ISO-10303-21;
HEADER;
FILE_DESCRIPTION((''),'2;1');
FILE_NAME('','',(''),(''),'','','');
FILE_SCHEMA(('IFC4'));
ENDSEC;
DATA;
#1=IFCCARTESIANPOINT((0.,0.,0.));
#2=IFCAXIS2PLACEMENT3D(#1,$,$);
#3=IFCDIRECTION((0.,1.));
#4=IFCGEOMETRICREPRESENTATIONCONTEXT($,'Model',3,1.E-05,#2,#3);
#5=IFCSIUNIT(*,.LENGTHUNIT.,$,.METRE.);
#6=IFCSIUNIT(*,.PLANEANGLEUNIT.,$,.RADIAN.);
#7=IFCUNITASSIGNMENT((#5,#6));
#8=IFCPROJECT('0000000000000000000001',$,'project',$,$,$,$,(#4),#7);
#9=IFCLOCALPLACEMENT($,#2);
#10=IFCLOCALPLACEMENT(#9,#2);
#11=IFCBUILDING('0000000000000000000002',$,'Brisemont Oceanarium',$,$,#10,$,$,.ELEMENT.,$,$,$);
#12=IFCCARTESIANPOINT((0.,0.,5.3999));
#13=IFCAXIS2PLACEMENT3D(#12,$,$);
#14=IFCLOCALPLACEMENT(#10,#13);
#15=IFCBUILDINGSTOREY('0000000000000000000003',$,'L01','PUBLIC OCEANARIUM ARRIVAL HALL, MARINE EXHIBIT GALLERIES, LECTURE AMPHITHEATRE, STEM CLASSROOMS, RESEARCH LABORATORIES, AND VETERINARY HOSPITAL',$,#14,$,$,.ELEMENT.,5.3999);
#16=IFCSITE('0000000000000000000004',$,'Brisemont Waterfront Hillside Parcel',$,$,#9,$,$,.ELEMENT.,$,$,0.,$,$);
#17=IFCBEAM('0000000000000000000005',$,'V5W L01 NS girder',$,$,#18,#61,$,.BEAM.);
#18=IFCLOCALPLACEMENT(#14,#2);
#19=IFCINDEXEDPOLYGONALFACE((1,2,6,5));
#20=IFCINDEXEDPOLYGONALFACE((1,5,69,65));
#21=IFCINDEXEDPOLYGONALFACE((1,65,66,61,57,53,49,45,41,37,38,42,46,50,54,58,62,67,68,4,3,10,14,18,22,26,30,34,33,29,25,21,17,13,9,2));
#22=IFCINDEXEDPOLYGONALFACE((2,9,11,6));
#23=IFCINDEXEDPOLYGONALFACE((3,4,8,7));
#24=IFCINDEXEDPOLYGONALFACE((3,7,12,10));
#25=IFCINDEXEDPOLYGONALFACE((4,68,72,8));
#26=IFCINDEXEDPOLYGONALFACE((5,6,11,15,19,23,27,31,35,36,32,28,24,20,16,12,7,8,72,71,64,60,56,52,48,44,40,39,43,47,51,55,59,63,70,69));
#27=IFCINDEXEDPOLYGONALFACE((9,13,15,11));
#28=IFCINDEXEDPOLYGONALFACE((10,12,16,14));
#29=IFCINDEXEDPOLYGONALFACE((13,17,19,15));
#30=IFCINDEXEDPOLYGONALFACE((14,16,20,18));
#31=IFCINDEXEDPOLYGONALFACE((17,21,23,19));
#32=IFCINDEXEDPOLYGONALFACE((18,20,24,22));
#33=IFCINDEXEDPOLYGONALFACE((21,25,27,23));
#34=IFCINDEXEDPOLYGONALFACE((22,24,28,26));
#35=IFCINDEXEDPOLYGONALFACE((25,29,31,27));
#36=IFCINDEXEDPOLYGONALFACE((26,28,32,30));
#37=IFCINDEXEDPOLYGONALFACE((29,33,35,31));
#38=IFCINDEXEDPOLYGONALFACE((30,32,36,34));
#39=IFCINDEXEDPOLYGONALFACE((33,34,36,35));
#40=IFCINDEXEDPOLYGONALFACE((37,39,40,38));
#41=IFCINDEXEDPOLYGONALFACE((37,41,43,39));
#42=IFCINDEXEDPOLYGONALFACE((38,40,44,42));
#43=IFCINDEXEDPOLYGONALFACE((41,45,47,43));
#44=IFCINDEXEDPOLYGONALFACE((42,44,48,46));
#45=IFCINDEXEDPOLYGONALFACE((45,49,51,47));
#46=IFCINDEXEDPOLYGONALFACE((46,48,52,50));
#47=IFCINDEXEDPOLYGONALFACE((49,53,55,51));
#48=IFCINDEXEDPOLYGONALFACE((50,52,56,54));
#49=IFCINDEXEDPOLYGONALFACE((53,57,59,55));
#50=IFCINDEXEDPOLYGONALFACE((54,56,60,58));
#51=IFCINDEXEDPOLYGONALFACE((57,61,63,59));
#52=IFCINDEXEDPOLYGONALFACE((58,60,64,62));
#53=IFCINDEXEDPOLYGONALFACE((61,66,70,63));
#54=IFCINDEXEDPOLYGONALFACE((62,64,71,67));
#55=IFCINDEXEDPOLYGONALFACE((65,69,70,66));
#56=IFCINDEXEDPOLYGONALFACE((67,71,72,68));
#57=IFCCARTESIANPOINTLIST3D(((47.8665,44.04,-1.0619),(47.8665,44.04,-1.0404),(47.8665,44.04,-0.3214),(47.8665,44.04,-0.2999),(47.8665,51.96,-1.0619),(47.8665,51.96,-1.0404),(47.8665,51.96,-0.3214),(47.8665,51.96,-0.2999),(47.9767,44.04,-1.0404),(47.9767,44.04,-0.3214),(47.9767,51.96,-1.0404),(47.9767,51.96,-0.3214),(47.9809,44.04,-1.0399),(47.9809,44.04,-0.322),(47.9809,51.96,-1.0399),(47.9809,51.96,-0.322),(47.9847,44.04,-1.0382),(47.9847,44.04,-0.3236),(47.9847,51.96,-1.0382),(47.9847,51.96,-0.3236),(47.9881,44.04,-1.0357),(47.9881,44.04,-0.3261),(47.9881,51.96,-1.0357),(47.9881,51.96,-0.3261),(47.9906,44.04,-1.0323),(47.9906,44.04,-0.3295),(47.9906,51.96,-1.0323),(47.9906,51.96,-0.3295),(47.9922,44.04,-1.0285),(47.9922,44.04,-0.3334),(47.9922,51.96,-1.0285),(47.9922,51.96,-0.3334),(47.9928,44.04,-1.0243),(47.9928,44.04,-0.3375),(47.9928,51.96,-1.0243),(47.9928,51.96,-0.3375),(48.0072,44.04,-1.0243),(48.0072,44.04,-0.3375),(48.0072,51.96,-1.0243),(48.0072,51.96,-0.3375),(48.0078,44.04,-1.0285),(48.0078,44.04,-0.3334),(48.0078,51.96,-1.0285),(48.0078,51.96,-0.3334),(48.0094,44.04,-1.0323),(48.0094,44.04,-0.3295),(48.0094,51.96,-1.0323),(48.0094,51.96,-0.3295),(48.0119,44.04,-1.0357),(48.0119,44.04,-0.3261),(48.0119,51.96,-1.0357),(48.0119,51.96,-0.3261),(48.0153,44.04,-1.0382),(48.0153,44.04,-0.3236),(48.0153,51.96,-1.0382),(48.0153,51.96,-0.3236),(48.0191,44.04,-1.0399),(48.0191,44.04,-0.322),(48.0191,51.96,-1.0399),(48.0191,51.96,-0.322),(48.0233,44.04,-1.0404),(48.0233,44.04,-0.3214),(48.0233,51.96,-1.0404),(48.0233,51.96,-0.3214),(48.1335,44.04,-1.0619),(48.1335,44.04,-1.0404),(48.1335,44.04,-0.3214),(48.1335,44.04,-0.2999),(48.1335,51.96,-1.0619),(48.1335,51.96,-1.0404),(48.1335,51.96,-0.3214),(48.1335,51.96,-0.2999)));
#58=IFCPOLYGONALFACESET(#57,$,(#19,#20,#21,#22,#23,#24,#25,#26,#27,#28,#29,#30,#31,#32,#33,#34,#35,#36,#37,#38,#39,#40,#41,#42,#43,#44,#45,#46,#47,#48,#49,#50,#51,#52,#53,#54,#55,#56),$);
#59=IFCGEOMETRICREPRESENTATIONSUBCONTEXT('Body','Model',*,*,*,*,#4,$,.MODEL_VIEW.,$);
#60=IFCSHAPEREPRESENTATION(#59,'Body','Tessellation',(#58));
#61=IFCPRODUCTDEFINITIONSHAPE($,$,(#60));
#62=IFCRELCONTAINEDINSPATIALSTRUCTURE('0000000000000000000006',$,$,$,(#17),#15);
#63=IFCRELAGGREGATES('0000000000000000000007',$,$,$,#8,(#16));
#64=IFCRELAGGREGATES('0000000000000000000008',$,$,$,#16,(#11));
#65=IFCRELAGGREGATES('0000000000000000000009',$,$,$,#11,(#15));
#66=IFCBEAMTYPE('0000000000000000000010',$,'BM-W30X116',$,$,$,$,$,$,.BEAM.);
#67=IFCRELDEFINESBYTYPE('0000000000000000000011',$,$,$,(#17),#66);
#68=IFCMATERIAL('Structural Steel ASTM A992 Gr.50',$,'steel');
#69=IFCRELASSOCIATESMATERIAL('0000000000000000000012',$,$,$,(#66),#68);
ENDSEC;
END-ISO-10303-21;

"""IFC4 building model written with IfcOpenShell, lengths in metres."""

from ifc_helpers import new_model, si_unit, direction, frame, origin, origin_2d, place, context, subcontext, project, spatial, i_section, extrude, material, material_profile, profile_set, type_object, element, save


model = new_model("IFC4")

# Units and contexts
model_context = context("Model", 3, precision=1e-05, world=origin(), true_north=direction((0.0, 1.0)))
body_context = subcontext(model_context, "Body", "Model", "MODEL_VIEW")
ifc_project = project(units=[si_unit("LENGTHUNIT", "METRE"), si_unit("PLANEANGLEUNIT", "RADIAN")], contexts=[model_context])

# Site, building, storey
site_placement = place(None, origin())
site = spatial("IfcSite", under=ifc_project, at=site_placement, Name="Brisemont Waterfront Hillside Parcel", CompositionType="ELEMENT", RefElevation=0.0)
building_placement = place(site_placement, origin())
building = spatial("IfcBuilding", under=site, at=building_placement, Name="Brisemont Oceanarium", CompositionType="ELEMENT")
storey_placement = place(building_placement, frame((0.0, 0.0, 5.3999)))
storey = spatial("IfcBuildingStorey", under=building, at=storey_placement, Name="L01", Description="PUBLIC OCEANARIUM ARRIVAL HALL, MARINE EXHIBIT GALLERIES, LECTURE AMPHITHEATRE, STEM CLASSROOMS, RESEARCH LABORATORIES, AND VETERINARY HOSPITAL", CompositionType="ELEMENT", Elevation=5.3999)

# Beam
ifc_material_1 = material(Name="Structural Steel ASTM A992 Gr.50", Category="steel")
ifc_material_profile_1 = material_profile(ifc_material_1, i_section(OverallWidth=0.2671, OverallDepth=0.762, WebThickness=0.0144, FlangeThickness=0.0215, FilletRadius=0.0161, at=origin_2d()), Name="W30X116")
ifc_profile_set_1 = profile_set([ifc_material_profile_1], Name="Structural Steel ASTM A992 Gr.50")
beam_type_1 = type_object("IfcBeamType", Name="BM-W30X116", PredefinedType="BEAM", material=ifc_profile_set_1)
beam_1_placement = place(storey_placement, frame((48.0, 44.04, -0.6809), z_axis=(0.0, 1.0, 0.0), x_axis=(-1.0, 0.0, 0.0)))
element("IfcBeam", 1, at=beam_1_placement, inside=storey, type_object=beam_type_1, Name="V5W L01 NS girder", PredefinedType="BEAM", context=body_context, shape_type="SweptSolid", body=[
    extrude(i_section(OverallWidth=0.2671, OverallDepth=0.762, WebThickness=0.0144, FlangeThickness=0.0215, FilletRadius=0.0161, at=origin_2d()), origin(), (0.0, 0.0, 1.0), 7.9199),
])

save(model, "model.ifc")
